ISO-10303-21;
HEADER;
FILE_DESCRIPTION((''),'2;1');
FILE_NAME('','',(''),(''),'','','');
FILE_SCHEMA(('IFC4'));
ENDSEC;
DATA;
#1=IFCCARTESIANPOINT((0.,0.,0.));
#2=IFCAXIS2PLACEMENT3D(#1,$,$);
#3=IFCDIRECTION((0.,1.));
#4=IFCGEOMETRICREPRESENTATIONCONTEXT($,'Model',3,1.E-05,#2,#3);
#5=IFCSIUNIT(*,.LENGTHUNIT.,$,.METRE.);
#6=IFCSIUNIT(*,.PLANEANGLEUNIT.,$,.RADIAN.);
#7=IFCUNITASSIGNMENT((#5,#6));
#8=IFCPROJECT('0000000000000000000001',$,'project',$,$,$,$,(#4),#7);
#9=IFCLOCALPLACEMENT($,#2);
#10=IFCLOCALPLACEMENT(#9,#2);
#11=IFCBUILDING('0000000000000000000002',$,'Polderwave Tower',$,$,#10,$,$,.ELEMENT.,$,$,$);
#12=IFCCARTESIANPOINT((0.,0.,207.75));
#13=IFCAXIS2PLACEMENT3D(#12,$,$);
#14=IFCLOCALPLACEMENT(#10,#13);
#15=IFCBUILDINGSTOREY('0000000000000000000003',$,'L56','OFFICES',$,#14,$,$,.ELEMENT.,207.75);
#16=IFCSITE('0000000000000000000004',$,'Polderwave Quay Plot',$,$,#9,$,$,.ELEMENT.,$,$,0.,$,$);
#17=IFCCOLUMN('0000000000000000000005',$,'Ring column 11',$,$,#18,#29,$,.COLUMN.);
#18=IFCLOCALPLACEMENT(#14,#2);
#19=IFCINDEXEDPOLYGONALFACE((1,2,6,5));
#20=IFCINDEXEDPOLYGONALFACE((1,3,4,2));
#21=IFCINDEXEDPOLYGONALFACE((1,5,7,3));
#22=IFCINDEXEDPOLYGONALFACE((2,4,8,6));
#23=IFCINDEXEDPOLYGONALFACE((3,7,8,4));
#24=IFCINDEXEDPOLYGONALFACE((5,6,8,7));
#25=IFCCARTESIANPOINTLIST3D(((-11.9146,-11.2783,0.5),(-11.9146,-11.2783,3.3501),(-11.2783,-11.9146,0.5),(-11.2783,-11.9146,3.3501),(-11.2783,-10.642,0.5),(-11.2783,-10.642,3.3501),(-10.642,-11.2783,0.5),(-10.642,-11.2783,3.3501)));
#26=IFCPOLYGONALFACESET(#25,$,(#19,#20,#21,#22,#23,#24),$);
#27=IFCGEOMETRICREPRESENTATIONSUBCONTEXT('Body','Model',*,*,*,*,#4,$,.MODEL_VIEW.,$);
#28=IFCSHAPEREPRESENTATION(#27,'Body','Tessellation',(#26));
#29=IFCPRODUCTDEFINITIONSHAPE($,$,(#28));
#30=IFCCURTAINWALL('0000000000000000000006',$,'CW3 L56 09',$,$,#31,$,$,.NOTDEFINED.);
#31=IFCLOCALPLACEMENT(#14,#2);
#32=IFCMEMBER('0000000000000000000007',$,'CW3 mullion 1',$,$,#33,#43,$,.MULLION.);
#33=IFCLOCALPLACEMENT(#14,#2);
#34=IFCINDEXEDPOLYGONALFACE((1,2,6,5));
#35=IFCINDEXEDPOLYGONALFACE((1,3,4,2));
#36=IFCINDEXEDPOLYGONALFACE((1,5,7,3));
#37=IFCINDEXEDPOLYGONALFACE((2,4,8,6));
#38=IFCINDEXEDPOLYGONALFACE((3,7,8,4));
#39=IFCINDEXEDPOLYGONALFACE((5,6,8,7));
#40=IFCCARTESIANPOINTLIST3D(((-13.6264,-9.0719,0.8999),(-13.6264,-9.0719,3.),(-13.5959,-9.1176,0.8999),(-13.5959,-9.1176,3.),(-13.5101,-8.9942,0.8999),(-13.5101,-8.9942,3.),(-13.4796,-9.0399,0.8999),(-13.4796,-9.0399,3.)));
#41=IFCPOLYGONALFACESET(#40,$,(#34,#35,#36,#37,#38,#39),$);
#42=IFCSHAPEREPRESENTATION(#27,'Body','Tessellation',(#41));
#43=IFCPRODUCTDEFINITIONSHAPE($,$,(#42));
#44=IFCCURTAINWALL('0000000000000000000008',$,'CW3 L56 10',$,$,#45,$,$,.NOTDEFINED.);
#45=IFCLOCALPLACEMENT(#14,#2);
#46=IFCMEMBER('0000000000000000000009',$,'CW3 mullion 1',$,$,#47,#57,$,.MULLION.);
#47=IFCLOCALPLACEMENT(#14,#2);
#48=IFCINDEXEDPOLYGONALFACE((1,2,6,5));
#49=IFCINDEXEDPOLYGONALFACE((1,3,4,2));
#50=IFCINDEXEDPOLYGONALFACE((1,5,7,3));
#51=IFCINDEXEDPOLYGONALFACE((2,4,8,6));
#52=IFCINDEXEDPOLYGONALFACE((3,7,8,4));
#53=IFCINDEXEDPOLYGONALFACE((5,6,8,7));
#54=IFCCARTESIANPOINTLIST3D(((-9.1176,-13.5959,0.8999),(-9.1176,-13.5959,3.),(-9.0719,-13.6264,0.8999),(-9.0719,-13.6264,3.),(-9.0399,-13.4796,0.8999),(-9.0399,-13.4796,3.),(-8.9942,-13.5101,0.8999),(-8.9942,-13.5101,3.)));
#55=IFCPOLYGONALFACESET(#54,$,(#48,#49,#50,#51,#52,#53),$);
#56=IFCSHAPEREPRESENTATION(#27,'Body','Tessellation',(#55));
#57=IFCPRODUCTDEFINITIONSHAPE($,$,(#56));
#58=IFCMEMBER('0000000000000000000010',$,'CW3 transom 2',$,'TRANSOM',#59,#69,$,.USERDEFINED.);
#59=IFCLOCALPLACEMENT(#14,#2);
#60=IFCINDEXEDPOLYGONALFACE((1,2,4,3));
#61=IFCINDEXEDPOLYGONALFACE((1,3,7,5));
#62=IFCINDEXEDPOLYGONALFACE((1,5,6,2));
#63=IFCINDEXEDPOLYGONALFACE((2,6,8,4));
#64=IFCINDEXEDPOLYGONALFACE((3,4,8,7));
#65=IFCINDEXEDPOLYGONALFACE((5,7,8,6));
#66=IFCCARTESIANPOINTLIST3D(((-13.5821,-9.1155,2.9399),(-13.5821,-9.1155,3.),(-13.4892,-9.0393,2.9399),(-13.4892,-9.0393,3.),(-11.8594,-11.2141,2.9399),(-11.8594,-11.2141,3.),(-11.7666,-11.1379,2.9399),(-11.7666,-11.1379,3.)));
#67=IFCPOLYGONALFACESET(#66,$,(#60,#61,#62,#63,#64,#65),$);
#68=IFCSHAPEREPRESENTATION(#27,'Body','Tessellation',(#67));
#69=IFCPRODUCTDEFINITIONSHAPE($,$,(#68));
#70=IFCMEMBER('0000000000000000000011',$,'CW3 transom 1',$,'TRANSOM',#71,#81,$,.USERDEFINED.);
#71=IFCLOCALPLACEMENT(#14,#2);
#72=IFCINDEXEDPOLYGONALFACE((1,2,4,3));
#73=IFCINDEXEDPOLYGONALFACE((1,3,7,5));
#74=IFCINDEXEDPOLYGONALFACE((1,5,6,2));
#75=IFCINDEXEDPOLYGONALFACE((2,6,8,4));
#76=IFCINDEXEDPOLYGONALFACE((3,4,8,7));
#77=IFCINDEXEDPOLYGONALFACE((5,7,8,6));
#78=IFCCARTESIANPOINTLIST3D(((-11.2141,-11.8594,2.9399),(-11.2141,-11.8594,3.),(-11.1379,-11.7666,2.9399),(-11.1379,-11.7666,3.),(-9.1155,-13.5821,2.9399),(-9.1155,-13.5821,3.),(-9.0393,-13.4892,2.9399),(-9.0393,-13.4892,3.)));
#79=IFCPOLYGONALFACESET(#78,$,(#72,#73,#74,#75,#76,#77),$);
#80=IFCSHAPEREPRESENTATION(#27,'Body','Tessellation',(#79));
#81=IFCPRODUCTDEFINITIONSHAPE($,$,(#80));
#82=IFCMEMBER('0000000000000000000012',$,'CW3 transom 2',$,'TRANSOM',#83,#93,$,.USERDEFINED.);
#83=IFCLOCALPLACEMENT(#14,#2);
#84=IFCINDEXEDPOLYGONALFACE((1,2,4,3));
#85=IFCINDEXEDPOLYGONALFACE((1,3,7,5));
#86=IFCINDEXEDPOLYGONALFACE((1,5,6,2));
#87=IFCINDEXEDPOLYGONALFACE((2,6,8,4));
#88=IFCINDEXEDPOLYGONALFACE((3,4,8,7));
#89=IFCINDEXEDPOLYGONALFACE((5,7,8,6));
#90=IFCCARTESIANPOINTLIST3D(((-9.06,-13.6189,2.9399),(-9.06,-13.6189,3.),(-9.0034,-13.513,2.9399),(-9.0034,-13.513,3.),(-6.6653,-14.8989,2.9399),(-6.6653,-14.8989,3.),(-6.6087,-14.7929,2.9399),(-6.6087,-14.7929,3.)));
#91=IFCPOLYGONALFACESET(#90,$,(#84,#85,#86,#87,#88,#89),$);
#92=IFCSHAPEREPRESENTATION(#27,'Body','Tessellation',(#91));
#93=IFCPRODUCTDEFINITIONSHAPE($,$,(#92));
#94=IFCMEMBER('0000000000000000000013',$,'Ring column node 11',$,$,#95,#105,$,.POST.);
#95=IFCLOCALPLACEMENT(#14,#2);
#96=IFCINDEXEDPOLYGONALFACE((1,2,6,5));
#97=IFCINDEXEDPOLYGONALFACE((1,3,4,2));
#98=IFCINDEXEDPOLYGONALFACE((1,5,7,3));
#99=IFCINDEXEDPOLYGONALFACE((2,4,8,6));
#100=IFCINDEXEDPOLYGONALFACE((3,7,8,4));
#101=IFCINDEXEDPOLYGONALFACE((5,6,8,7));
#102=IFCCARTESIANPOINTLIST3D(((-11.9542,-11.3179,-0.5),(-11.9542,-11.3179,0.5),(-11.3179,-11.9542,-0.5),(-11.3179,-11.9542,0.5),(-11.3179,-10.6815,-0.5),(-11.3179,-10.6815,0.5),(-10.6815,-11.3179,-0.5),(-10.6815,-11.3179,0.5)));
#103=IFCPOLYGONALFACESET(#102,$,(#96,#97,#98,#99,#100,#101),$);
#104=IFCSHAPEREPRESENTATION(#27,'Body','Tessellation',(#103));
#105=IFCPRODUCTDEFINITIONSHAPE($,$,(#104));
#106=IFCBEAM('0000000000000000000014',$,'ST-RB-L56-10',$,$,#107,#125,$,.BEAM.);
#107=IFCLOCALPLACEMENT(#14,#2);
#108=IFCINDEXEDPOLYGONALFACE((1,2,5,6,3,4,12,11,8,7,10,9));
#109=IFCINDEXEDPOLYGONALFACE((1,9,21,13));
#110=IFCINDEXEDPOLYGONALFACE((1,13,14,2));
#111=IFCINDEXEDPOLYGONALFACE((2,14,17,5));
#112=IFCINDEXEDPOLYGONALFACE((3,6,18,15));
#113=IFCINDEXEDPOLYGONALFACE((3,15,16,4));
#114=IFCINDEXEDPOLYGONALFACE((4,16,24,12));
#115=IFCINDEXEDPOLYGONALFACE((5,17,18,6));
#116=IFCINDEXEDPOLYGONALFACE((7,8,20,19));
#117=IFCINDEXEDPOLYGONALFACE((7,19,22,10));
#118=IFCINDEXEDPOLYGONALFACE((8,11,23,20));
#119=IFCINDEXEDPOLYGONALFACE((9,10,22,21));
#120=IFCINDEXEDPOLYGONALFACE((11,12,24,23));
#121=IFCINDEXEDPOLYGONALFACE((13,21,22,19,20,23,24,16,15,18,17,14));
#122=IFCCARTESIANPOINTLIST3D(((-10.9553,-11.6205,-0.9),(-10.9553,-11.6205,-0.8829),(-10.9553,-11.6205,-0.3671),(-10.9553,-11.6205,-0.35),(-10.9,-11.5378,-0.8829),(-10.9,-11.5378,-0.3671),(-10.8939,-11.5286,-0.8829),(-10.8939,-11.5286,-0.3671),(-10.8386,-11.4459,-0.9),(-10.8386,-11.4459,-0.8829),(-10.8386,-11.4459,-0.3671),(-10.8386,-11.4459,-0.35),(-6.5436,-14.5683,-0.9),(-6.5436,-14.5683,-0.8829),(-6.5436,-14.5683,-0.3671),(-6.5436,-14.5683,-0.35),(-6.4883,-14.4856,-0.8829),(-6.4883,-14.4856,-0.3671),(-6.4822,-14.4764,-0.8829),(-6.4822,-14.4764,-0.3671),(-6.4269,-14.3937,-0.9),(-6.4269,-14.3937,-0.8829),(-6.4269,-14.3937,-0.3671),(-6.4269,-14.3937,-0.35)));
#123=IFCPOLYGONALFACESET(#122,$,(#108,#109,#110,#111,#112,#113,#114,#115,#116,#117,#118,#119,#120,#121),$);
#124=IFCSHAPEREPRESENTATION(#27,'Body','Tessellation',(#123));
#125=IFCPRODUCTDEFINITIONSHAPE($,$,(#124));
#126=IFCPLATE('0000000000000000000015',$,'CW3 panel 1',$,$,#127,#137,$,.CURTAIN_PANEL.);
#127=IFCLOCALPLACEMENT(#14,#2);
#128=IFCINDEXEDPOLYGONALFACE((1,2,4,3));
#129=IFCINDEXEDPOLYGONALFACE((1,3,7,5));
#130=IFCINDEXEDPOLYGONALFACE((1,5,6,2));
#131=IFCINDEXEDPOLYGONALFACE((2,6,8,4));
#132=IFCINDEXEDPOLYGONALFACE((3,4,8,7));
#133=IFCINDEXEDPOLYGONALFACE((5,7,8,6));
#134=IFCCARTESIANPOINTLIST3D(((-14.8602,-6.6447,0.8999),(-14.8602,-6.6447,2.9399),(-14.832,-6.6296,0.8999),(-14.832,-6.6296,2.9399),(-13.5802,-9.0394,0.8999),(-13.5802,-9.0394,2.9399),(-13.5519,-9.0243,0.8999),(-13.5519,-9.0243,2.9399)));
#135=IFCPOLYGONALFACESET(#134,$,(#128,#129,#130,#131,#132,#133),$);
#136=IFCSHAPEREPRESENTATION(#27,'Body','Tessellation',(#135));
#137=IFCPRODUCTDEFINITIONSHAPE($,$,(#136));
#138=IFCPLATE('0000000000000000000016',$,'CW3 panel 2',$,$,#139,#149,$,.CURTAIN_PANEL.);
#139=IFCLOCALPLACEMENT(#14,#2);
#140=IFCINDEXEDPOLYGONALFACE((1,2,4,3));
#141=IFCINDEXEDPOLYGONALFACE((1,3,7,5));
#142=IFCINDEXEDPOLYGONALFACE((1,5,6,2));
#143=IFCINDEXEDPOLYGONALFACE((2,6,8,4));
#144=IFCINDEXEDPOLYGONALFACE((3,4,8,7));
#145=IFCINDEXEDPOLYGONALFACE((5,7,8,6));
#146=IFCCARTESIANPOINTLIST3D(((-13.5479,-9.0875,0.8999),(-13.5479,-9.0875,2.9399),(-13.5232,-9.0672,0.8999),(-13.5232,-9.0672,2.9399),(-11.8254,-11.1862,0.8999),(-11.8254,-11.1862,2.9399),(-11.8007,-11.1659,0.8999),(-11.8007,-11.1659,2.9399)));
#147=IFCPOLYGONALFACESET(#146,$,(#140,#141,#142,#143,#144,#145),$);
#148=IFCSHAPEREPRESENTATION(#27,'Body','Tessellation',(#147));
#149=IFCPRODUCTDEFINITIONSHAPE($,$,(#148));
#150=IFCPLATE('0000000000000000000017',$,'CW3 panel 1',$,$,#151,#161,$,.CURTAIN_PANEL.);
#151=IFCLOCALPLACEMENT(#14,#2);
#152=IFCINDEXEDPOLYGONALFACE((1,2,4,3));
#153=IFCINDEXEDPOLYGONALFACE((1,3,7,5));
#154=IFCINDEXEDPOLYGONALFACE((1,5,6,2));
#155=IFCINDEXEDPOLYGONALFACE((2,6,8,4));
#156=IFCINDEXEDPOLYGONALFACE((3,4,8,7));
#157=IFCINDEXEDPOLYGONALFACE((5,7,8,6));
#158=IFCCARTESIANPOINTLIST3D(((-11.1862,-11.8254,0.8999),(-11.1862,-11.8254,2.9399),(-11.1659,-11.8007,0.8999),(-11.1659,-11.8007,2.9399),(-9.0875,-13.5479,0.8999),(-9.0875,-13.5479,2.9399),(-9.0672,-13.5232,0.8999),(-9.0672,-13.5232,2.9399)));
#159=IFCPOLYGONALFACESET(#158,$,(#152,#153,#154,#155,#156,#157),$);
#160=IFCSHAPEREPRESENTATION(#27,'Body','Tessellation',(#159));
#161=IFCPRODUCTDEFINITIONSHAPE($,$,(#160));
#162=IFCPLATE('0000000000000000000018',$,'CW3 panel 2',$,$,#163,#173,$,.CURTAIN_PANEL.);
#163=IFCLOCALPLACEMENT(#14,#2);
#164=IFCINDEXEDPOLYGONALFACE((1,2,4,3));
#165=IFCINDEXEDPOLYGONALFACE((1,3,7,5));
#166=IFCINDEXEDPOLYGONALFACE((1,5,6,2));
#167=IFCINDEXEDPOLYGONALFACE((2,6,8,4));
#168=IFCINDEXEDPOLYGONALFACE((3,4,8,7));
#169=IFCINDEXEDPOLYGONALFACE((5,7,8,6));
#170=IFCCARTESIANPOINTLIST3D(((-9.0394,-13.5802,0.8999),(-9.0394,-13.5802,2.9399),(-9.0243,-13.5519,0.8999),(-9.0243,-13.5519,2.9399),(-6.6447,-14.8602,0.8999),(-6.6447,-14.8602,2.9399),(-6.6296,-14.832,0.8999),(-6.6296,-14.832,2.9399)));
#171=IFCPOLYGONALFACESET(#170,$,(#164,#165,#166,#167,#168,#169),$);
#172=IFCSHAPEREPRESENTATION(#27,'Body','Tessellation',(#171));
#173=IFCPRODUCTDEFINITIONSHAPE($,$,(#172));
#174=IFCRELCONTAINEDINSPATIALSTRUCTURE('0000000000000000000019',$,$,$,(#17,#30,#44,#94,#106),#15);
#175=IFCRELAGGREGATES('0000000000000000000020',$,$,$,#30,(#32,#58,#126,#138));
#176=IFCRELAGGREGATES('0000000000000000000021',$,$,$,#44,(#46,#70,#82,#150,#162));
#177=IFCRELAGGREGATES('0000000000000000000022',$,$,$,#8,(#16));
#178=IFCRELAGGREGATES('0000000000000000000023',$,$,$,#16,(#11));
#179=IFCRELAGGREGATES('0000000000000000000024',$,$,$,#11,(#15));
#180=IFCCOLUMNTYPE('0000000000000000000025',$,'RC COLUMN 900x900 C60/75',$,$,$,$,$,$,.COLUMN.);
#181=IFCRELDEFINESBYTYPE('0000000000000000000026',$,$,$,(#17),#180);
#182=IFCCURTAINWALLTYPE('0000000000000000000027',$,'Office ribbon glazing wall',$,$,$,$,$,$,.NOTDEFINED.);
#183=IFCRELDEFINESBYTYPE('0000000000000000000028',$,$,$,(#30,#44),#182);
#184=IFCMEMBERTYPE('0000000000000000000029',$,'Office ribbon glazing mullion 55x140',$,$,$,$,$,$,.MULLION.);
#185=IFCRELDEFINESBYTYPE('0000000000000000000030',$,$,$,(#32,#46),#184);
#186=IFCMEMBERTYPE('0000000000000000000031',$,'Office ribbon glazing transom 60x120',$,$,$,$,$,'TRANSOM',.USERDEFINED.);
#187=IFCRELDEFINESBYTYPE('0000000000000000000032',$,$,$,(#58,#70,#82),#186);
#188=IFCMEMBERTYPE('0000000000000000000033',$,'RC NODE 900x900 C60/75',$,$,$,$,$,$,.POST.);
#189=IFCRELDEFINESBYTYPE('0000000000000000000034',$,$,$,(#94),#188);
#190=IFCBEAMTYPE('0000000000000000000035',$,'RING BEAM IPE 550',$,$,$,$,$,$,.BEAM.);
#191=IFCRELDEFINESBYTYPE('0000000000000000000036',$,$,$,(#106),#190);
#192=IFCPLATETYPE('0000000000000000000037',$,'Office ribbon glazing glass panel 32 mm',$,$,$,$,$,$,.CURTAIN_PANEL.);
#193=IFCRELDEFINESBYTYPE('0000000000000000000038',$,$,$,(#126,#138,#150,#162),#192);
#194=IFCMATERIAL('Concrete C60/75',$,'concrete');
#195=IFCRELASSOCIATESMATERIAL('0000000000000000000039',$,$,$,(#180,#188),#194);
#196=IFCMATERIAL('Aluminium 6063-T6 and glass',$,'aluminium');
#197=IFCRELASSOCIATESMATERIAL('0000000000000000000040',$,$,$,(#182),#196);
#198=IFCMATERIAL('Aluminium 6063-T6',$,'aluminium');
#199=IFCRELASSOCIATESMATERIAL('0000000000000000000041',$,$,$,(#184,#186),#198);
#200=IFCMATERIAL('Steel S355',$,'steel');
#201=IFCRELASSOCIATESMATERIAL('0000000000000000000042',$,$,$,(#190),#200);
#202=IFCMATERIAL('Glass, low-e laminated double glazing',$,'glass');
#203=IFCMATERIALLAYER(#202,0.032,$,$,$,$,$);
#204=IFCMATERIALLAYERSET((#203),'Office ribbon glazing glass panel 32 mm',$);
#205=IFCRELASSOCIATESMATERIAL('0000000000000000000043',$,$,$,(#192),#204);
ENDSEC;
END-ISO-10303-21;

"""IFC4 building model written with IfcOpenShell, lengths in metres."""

from ifc_helpers import new_model, si_unit, direction, frame, origin, origin_2d, place, context, subcontext, project, spatial, rectangle, i_section, extrude, material, layer, layer_set, material_profile, profile_set, type_object, element, aggregate, save


model = new_model("IFC4")

# Units and contexts
model_context = context("Model", 3, precision=1e-05, world=origin(), true_north=direction((0.0, 1.0)))
body_context = subcontext(model_context, "Body", "Model", "MODEL_VIEW")
ifc_project = project(units=[si_unit("LENGTHUNIT", "METRE"), si_unit("PLANEANGLEUNIT", "RADIAN")], contexts=[model_context])

# Site, building, storey
site_placement = place(None, origin())
site = spatial("IfcSite", under=ifc_project, at=site_placement, Name="Polderwave Quay Plot", CompositionType="ELEMENT", RefElevation=0.0)
building_placement = place(site_placement, origin())
building = spatial("IfcBuilding", under=site, at=building_placement, Name="Polderwave Tower", CompositionType="ELEMENT")
storey_placement = place(building_placement, frame((0.0, 0.0, 207.75)))
storey = spatial("IfcBuildingStorey", under=building, at=storey_placement, Name="L56", Description="OFFICES", CompositionType="ELEMENT", Elevation=207.75)

# Column
ifc_material_1 = material(Name="Concrete C60/75", Category="concrete")
ifc_material_profile_1 = material_profile(ifc_material_1, rectangle(XDim=0.8999, YDim=0.8999, at=origin_2d()), Name="RC 900x900")
ifc_profile_set_1 = profile_set([ifc_material_profile_1], Name="Concrete C60/75")
column_type = type_object("IfcColumnType", Name="RC COLUMN 900x900 C60/75", PredefinedType="COLUMN", material=ifc_profile_set_1)
column_placement = place(storey_placement, frame((-11.2783, -11.2783, 0.5), z_axis=(0.0, 0.0, 1.0), x_axis=(-0.707107, -0.707107, 0.0)))
element("IfcColumn", 1, at=column_placement, inside=storey, type_object=column_type, Name="Ring column 11", PredefinedType="COLUMN", context=body_context, shape_type="SweptSolid", body=[
    extrude(rectangle(XDim=0.8999, YDim=0.8999, at=origin_2d()), origin(), (0.0, 0.0, 1.0), 2.8501),
])

# Curtain walls, members
ifc_material_2 = material(Name="Aluminium 6063-T6 and glass", Category="aluminium")
curtain_wall_type = type_object("IfcCurtainWallType", Name="Office ribbon glazing wall", PredefinedType="NOTDEFINED", material=ifc_material_2)
curtain_wall_1_placement = place(storey_placement, origin())
curtain_wall_1 = element("IfcCurtainWall", 2, at=curtain_wall_1_placement, inside=storey, type_object=curtain_wall_type, Name="CW3 L56 09", PredefinedType="NOTDEFINED")
ifc_material_3 = material(Name="Aluminium 6063-T6", Category="aluminium")
ifc_material_profile_2 = material_profile(ifc_material_3, rectangle(XDim=0.1399, YDim=0.0549, at=origin_2d()), Name="AL 55x140")
ifc_profile_set_2 = profile_set([ifc_material_profile_2], Name="Aluminium 6063-T6")
member_type_1 = type_object("IfcMemberType", Name="Office ribbon glazing mullion 55x140", PredefinedType="MULLION", material=ifc_profile_set_2)
member_1_placement = place(storey_placement, frame((-13.553, -9.0559, 0.8999), z_axis=(0.0, 0.0, 1.0), x_axis=(0.831455, 0.555592, 0.0)))
member_1 = element("IfcMember", 3, at=member_1_placement, type_object=member_type_1, Name="CW3 mullion 1", PredefinedType="MULLION", context=body_context, shape_type="SweptSolid", body=[
    extrude(rectangle(XDim=0.1399, YDim=0.0549, at=origin_2d()), origin(), (0.0, 0.0, 1.0), 2.1001),
])
curtain_wall_2_placement = place(storey_placement, origin())
curtain_wall_2 = element("IfcCurtainWall", 4, at=curtain_wall_2_placement, inside=storey, type_object=curtain_wall_type, Name="CW3 L56 10", PredefinedType="NOTDEFINED")
member_2_placement = place(storey_placement, frame((-9.0559, -13.553, 0.8999), z_axis=(0.0, 0.0, 1.0), x_axis=(0.555592, 0.831455, 0.0)))
member_2 = element("IfcMember", 5, at=member_2_placement, type_object=member_type_1, Name="CW3 mullion 1", PredefinedType="MULLION", context=body_context, shape_type="SweptSolid", body=[
    extrude(rectangle(XDim=0.1399, YDim=0.0549, at=origin_2d()), origin(), (0.0, 0.0, 1.0), 2.1001),
])

# Members
ifc_material_profile_3 = material_profile(ifc_material_3, rectangle(XDim=0.1201, YDim=0.0601, at=origin_2d()), Name="AL 60x120")
ifc_profile_set_3 = profile_set([ifc_material_profile_3], Name="Aluminium 6063-T6")
member_type_2 = type_object("IfcMemberType", Name="Office ribbon glazing transom 60x120", ElementType="TRANSOM", PredefinedType="USERDEFINED", material=ifc_profile_set_3)
member_3_placement = place(storey_placement, frame((-13.5356, -9.0774, 2.97), z_axis=(0.634471, -0.772947, 0.0), x_axis=(0.772947, 0.634471, 0.0)))
member_3 = element("IfcMember", 6, at=member_3_placement, type_object=member_type_2, Name="CW3 transom 2", ObjectType="TRANSOM", PredefinedType="USERDEFINED", context=body_context, shape_type="SweptSolid", body=[
    extrude(rectangle(XDim=0.1201, YDim=0.0601, at=origin_2d()), origin(), (0.0, 0.0, 1.0), 2.7151),
])
member_4_placement = place(storey_placement, frame((-11.176, -11.813, 2.97), z_axis=(0.772947, -0.634471, 0.0), x_axis=(0.634471, 0.772947, 0.0)))
member_4 = element("IfcMember", 7, at=member_4_placement, type_object=member_type_2, Name="CW3 transom 1", ObjectType="TRANSOM", PredefinedType="USERDEFINED", context=body_context, shape_type="SweptSolid", body=[
    extrude(rectangle(XDim=0.1201, YDim=0.0601, at=origin_2d()), origin(), (0.0, 0.0, 1.0), 2.7151),
])
member_5_placement = place(storey_placement, frame((-9.0317, -13.5659, 2.97), z_axis=(0.881922, -0.471395, 0.0), x_axis=(0.471395, 0.881922, 0.0)))
member_5 = element("IfcMember", 8, at=member_5_placement, type_object=member_type_2, Name="CW3 transom 2", ObjectType="TRANSOM", PredefinedType="USERDEFINED", context=body_context, shape_type="SweptSolid", body=[
    extrude(rectangle(XDim=0.1201, YDim=0.0601, at=origin_2d()), origin(), (0.0, 0.0, 1.0), 2.7153),
])
ifc_material_profile_4 = material_profile(ifc_material_1, rectangle(XDim=0.8999, YDim=0.8999, at=origin_2d()), Name="RC 900x900")
ifc_profile_set_4 = profile_set([ifc_material_profile_4], Name="Concrete C60/75")
member_type_3 = type_object("IfcMemberType", Name="RC NODE 900x900 C60/75", PredefinedType="POST", material=ifc_profile_set_4)
member_6_placement = place(storey_placement, frame((-11.3179, -11.3179, -0.5), z_axis=(0.0, 0.0, 1.0), x_axis=(-0.707107, -0.707107, 0.0)))
element("IfcMember", 9, at=member_6_placement, inside=storey, type_object=member_type_3, Name="Ring column node 11", PredefinedType="POST", context=body_context, shape_type="SweptSolid", body=[
    extrude(rectangle(XDim=0.8999, YDim=0.8999, at=origin_2d()), origin(), (0.0, 0.0, 1.0), 1.0),
])

# Beam
ifc_material_4 = material(Name="Steel S355", Category="steel")
ifc_material_profile_5 = material_profile(ifc_material_4, i_section(OverallWidth=0.21, OverallDepth=0.55, WebThickness=0.011, FlangeThickness=0.0171, at=origin_2d()), Name="IPE 550")
ifc_profile_set_5 = profile_set([ifc_material_profile_5], Name="Steel S355")
beam_type = type_object("IfcBeamType", Name="RING BEAM IPE 550", PredefinedType="BEAM", material=ifc_profile_set_5)
beam_placement = place(storey_placement, frame((-10.897, -11.5332, -0.625), z_axis=(0.831469, -0.555571, 0.0), x_axis=(0.555571, 0.831469, 0.0)))
element("IfcBeam", 10, at=beam_placement, inside=storey, type_object=beam_type, Name="ST-RB-L56-10", PredefinedType="BEAM", context=body_context, shape_type="SweptSolid", body=[
    extrude(i_section(OverallWidth=0.21, OverallDepth=0.55, WebThickness=0.011, FlangeThickness=0.0171, at=origin_2d()), origin(), (0.0, 0.0, 1.0), 5.3059),
])

# Plates
ifc_material_5 = material(Name="Glass, low-e laminated double glazing", Category="glass")
ifc_layer_1 = layer(ifc_material_5, 0.032)
ifc_layer_set_1 = layer_set([ifc_layer_1], Name="Office ribbon glazing glass panel 32 mm")
plate_type = type_object("IfcPlateType", Name="Office ribbon glazing glass panel 32 mm", PredefinedType="CURTAIN_PANEL", material=ifc_layer_set_1)
plate_1_placement = place(storey_placement, frame((-14.2061, -7.8345, 0.8999), z_axis=(0.0, 0.0, 1.0), x_axis=(0.471401, -0.881919, 0.0)))
plate_1 = element("IfcPlate", 11, at=plate_1_placement, type_object=plate_type, Name="CW3 panel 1", PredefinedType="CURTAIN_PANEL", context=body_context, shape_type="SweptSolid", body=[
    extrude(rectangle(XDim=2.7153, YDim=0.032, at=origin_2d()), origin(), (0.0, 0.0, 1.0), 2.04),
])
plate_2_placement = place(storey_placement, frame((-12.6743, -10.1267, 0.8999), z_axis=(0.0, 0.0, 1.0), x_axis=(0.634428, -0.772982, 0.0)))
plate_2 = element("IfcPlate", 12, at=plate_2_placement, type_object=plate_type, Name="CW3 panel 2", PredefinedType="CURTAIN_PANEL", context=body_context, shape_type="SweptSolid", body=[
    extrude(rectangle(XDim=2.7151, YDim=0.032, at=origin_2d()), origin(), (0.0, 0.0, 1.0), 2.04),
])
aggregate(curtain_wall_1, [member_1, member_3, plate_1, plate_2])
plate_3_placement = place(storey_placement, frame((-10.1267, -12.6743, 0.8999), z_axis=(0.0, 0.0, 1.0), x_axis=(0.772982, -0.634428, 0.0)))
plate_3 = element("IfcPlate", 13, at=plate_3_placement, type_object=plate_type, Name="CW3 panel 1", PredefinedType="CURTAIN_PANEL", context=body_context, shape_type="SweptSolid", body=[
    extrude(rectangle(XDim=2.7151, YDim=0.032, at=origin_2d()), origin(), (0.0, 0.0, 1.0), 2.04),
])
plate_4_placement = place(storey_placement, frame((-7.8345, -14.2061, 0.8999), z_axis=(0.0, 0.0, 1.0), x_axis=(0.881919, -0.471401, 0.0)))
plate_4 = element("IfcPlate", 14, at=plate_4_placement, type_object=plate_type, Name="CW3 panel 2", PredefinedType="CURTAIN_PANEL", context=body_context, shape_type="SweptSolid", body=[
    extrude(rectangle(XDim=2.7153, YDim=0.032, at=origin_2d()), origin(), (0.0, 0.0, 1.0), 2.04),
])
aggregate(curtain_wall_2, [member_2, member_4, member_5, plate_3, plate_4])

save(model, "model.ifc")
